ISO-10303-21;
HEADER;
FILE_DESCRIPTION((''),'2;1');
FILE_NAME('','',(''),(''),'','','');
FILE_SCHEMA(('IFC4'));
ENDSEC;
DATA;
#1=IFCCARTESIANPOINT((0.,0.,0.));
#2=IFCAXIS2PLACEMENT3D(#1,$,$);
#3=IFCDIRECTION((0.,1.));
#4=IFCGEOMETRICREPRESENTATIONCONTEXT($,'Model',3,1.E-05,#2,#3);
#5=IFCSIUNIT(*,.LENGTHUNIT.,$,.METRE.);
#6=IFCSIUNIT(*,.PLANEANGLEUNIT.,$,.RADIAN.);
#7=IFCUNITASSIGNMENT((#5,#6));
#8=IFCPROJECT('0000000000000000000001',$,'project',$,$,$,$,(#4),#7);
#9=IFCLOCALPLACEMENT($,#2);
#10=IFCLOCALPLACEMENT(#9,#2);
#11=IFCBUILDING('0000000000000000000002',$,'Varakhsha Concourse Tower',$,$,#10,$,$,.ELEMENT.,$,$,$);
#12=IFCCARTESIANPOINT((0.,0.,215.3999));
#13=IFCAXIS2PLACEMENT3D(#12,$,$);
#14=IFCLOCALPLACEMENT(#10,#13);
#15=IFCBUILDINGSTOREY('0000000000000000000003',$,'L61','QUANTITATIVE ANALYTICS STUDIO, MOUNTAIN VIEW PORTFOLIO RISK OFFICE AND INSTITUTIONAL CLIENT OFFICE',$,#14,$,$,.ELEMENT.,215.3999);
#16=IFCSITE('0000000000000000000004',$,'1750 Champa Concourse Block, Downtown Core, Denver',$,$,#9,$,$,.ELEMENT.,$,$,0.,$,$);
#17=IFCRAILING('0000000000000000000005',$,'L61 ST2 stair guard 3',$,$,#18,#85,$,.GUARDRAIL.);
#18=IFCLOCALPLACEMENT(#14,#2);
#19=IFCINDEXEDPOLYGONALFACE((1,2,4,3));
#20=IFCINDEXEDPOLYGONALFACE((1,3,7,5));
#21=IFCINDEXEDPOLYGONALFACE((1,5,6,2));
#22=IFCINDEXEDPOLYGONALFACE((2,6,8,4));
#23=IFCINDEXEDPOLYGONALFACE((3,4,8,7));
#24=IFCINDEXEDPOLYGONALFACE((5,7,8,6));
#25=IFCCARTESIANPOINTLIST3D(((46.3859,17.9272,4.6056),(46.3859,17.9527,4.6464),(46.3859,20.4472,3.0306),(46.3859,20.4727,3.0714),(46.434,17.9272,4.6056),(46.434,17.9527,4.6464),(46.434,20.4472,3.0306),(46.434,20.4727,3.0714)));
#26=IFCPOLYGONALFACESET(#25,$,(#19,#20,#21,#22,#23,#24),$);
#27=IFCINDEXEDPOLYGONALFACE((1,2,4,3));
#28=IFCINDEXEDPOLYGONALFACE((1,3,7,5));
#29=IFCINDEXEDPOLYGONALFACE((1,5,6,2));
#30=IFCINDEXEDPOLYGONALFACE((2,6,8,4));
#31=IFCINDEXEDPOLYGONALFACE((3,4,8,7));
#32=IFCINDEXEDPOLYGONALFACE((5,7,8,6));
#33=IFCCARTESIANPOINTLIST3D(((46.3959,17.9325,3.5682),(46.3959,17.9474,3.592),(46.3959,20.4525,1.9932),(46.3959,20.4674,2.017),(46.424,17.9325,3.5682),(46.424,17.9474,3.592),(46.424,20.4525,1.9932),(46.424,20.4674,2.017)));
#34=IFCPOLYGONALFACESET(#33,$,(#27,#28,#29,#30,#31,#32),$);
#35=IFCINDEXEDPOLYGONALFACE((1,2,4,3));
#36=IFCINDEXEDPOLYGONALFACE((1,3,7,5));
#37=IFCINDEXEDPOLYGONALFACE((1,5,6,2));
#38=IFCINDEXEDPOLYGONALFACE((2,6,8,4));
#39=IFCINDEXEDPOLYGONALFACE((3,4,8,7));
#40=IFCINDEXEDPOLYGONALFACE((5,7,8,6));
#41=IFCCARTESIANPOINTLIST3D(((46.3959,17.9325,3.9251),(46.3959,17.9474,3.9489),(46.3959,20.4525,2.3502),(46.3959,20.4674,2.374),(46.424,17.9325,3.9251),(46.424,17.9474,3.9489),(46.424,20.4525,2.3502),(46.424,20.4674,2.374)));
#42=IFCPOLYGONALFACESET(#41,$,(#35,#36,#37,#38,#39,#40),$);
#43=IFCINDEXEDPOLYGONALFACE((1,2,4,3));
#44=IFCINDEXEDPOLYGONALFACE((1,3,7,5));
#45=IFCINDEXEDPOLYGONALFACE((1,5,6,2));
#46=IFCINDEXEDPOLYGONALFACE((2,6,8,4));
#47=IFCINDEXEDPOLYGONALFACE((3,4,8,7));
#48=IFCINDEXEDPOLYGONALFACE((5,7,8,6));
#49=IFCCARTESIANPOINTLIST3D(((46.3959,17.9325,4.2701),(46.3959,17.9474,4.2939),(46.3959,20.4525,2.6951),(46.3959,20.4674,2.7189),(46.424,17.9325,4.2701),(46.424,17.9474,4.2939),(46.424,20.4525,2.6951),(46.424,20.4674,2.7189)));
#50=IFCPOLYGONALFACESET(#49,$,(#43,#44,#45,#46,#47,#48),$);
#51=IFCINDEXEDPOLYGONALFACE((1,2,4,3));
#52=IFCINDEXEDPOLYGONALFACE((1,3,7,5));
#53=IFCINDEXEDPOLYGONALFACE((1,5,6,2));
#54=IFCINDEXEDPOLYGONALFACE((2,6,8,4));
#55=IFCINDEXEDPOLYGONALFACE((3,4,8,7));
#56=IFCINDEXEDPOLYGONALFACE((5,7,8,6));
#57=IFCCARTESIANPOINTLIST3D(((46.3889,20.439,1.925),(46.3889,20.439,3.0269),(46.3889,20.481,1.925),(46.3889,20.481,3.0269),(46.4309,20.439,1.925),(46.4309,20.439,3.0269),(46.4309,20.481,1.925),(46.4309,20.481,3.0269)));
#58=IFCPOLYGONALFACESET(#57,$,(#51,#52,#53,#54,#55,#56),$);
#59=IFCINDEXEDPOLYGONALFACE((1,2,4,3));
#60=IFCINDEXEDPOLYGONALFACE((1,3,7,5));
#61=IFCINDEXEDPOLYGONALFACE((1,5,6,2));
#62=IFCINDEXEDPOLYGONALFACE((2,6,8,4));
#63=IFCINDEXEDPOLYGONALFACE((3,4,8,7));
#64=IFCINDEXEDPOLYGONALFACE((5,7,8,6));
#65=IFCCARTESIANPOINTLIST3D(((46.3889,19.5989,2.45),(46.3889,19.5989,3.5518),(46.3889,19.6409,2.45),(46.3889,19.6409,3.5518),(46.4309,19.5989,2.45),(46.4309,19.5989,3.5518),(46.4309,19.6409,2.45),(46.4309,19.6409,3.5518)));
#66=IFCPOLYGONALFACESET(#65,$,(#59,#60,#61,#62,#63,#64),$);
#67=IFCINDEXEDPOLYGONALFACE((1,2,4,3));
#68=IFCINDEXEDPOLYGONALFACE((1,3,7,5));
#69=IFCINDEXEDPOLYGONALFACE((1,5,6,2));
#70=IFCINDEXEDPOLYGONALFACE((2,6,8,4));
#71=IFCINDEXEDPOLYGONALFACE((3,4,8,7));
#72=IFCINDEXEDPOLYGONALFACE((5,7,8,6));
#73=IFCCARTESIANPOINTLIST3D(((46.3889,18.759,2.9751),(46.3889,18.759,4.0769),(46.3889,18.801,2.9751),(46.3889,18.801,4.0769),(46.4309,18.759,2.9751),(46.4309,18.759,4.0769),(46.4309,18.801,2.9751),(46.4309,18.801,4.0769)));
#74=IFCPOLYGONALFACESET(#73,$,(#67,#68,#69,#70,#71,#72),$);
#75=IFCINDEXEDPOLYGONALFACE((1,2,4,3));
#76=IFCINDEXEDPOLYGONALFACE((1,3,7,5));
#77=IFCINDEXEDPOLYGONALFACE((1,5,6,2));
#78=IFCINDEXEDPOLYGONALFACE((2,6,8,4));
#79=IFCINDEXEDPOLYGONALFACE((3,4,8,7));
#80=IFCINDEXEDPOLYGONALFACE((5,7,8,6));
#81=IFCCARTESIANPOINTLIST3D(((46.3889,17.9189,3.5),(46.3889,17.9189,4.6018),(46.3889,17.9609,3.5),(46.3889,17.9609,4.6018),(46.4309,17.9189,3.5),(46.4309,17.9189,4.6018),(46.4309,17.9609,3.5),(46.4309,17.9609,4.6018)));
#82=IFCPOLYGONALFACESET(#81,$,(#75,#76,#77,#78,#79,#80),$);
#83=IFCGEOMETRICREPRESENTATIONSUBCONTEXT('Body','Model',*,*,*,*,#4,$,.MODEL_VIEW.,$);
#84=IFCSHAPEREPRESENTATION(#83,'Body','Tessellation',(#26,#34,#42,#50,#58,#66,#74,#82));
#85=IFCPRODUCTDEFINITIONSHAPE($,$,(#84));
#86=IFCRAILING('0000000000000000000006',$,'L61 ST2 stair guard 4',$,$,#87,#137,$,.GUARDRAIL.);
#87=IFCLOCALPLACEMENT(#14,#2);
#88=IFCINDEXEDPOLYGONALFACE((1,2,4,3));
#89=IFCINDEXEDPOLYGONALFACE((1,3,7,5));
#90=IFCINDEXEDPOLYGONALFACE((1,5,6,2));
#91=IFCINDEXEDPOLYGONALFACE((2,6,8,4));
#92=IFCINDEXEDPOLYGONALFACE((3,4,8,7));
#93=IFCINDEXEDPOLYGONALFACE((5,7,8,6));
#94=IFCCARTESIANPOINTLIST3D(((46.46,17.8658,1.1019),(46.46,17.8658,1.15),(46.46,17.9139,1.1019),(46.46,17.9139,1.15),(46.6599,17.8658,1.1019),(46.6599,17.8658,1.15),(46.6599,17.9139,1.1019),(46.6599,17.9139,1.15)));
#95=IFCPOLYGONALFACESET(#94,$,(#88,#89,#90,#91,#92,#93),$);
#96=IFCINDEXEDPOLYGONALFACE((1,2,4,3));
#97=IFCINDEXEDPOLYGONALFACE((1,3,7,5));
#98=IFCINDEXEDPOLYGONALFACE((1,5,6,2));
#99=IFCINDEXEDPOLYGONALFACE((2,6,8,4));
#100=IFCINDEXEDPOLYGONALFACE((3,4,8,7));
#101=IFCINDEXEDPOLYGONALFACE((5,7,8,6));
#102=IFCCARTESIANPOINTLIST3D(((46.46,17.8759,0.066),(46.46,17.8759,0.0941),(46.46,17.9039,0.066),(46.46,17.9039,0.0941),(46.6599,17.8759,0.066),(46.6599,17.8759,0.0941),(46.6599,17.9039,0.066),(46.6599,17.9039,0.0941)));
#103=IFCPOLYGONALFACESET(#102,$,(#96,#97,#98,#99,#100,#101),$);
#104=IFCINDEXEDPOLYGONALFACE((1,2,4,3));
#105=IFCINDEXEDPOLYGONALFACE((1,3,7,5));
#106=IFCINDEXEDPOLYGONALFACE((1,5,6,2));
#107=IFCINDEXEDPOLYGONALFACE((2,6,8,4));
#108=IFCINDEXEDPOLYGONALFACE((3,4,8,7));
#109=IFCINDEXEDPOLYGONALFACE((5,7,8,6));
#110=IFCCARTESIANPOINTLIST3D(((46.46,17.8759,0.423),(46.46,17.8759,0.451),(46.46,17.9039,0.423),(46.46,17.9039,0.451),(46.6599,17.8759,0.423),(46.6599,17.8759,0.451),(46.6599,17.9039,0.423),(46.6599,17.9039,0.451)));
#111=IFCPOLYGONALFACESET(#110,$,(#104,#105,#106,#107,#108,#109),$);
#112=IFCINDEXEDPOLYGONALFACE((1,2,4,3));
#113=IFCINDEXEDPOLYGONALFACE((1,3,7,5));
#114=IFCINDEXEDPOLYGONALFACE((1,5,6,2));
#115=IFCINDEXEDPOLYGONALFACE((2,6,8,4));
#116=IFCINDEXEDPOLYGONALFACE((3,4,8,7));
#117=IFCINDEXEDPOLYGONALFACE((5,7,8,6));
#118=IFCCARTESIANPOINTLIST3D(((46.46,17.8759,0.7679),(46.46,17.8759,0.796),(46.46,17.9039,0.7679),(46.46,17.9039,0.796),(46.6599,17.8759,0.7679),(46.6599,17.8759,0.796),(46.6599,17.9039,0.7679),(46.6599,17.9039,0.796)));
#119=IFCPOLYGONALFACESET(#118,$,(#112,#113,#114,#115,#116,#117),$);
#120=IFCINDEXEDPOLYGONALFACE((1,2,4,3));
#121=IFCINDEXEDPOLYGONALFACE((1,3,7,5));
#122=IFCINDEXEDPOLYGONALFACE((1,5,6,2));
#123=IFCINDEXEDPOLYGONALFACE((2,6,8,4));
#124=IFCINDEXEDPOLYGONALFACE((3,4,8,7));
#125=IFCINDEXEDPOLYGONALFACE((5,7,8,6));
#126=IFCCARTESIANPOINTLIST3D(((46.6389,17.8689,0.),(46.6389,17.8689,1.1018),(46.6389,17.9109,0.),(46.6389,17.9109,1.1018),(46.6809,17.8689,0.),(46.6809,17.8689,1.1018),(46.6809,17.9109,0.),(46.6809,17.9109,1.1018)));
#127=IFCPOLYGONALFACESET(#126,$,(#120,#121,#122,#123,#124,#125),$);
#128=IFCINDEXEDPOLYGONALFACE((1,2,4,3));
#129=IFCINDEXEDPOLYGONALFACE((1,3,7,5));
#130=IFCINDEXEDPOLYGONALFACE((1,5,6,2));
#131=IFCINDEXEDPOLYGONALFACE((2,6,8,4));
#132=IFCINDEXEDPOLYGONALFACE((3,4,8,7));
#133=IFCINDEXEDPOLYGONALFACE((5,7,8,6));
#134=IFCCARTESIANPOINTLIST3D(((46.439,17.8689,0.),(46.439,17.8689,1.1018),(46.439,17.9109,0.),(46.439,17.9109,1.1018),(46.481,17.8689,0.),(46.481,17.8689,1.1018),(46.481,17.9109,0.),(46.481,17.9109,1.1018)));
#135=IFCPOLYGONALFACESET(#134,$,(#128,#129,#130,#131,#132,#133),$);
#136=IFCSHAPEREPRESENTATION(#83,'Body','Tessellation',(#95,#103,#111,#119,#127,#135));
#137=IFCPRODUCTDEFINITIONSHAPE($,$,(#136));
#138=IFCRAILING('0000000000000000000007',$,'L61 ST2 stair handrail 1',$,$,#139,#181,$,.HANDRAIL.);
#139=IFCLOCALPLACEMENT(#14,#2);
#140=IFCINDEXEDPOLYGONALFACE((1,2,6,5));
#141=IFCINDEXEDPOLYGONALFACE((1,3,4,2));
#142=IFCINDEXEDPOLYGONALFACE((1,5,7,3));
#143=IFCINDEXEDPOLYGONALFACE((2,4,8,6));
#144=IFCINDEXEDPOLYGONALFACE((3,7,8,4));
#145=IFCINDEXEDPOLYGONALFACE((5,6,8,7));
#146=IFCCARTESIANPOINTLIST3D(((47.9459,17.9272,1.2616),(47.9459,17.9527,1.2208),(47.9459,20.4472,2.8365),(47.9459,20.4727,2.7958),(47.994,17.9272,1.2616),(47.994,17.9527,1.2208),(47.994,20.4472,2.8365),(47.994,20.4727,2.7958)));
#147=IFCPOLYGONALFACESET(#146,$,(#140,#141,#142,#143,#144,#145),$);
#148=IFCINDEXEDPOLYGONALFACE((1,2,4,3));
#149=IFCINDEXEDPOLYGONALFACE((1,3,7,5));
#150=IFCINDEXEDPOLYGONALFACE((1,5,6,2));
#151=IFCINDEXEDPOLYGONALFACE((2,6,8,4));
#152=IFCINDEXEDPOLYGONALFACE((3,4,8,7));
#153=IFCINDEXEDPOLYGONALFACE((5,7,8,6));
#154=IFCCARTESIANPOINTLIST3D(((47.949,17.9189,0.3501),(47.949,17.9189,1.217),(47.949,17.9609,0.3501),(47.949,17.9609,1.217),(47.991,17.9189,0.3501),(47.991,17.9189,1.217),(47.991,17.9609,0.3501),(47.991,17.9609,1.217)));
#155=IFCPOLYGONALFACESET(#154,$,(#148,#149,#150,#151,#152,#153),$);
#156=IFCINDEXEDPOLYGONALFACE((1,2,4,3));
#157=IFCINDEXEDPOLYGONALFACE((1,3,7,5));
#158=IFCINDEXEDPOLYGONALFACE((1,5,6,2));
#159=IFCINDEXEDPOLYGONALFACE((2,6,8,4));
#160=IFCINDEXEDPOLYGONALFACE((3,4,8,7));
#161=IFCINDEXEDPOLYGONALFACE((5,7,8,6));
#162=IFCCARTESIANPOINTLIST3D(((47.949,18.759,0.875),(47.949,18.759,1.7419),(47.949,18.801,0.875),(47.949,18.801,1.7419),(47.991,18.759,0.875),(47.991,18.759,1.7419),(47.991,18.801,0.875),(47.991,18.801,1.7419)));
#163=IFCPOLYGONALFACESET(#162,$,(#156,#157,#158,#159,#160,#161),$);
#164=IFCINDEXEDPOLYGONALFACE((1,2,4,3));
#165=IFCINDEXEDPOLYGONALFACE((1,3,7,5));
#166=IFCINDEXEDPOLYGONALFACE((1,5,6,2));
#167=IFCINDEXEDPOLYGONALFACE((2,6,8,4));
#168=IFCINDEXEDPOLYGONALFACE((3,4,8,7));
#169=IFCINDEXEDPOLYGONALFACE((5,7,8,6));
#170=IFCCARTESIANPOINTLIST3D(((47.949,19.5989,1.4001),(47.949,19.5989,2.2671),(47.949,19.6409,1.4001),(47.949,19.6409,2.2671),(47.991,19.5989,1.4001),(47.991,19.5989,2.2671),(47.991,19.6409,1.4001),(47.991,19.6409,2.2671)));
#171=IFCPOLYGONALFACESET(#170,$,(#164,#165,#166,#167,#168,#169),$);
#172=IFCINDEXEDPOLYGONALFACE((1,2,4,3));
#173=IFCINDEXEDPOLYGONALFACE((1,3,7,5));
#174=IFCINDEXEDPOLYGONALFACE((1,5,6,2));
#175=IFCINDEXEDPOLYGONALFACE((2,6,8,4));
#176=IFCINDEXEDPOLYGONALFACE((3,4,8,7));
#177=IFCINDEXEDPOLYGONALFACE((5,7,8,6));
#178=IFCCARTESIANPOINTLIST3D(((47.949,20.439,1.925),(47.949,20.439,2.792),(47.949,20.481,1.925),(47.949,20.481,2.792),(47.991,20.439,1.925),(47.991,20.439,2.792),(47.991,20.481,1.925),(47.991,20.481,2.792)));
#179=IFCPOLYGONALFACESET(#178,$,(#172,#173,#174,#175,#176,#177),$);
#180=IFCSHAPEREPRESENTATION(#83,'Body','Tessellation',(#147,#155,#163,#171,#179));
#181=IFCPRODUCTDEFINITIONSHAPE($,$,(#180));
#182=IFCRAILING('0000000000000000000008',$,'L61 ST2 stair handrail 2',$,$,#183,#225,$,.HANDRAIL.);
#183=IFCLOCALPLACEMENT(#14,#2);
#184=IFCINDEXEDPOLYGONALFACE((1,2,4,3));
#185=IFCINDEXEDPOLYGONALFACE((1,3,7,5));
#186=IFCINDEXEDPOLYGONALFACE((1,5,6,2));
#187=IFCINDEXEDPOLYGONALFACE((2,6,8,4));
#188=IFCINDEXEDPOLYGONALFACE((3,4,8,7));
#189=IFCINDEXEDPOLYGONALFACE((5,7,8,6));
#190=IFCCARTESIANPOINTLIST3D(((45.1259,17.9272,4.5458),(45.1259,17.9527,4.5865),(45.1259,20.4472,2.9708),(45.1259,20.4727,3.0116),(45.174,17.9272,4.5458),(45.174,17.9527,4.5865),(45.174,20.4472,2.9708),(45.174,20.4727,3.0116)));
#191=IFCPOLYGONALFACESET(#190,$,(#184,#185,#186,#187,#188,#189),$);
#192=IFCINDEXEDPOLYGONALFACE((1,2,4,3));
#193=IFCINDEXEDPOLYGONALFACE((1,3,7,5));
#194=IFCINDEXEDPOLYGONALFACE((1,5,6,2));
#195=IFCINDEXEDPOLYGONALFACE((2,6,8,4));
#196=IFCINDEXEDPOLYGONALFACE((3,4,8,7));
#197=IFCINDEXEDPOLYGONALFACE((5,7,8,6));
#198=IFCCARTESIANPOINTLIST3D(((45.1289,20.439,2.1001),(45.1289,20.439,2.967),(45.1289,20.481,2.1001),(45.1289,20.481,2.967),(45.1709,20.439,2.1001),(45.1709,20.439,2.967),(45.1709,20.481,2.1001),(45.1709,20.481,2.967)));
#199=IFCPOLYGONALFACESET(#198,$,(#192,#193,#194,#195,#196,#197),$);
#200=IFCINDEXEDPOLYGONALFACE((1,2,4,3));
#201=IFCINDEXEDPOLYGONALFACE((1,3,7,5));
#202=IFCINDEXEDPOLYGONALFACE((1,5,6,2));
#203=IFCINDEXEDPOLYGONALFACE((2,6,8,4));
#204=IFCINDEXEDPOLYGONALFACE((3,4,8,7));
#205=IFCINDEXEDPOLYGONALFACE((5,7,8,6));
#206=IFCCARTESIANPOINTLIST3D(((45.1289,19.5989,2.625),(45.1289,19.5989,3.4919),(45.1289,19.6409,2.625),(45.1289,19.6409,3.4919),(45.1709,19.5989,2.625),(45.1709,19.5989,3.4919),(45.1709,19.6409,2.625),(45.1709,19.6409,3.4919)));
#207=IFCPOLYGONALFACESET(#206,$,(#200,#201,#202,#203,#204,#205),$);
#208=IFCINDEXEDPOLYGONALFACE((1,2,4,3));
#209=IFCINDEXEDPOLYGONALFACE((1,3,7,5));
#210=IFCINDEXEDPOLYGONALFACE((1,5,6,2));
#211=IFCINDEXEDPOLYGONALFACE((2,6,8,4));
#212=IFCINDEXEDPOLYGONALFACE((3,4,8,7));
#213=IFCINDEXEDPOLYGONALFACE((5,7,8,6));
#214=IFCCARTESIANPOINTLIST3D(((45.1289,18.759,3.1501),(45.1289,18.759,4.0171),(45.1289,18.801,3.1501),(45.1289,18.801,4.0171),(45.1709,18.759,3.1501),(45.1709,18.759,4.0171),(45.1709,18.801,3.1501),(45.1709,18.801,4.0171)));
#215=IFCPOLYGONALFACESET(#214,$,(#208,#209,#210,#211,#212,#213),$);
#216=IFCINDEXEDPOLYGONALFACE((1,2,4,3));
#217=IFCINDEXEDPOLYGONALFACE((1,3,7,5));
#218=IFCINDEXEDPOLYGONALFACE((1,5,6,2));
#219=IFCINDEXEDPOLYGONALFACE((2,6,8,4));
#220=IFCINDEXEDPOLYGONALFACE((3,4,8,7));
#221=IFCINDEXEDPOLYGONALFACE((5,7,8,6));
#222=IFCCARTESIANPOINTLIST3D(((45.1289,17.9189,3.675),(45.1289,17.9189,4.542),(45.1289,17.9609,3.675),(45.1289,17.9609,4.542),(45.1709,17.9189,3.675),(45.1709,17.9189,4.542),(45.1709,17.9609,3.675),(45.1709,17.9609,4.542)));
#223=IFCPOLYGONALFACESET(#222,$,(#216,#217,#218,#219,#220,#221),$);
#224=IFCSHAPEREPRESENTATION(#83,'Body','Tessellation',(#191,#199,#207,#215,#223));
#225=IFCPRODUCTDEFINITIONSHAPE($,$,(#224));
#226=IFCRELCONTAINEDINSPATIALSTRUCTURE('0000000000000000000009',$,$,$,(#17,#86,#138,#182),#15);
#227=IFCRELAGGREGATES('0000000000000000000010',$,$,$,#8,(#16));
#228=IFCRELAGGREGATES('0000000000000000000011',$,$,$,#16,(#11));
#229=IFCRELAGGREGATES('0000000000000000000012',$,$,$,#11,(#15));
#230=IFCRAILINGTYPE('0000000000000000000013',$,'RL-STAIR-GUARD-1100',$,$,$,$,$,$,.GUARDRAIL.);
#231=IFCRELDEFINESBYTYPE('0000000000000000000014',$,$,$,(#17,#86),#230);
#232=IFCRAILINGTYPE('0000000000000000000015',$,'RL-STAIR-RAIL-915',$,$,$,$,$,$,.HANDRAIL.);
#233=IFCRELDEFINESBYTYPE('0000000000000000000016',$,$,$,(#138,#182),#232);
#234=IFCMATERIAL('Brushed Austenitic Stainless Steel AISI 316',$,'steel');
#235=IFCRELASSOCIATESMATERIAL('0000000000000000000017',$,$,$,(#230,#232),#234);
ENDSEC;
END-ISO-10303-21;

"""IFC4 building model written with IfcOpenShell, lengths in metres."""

from ifc_helpers import new_model, si_unit, direction, frame, origin, origin_2d, place, context, subcontext, project, spatial, rectangle, extrude, material, type_object, element, save


model = new_model("IFC4")

# Units and contexts
model_context = context("Model", 3, precision=1e-05, world=origin(), true_north=direction((0.0, 1.0)))
body_context = subcontext(model_context, "Body", "Model", "MODEL_VIEW")
ifc_project = project(units=[si_unit("LENGTHUNIT", "METRE"), si_unit("PLANEANGLEUNIT", "RADIAN")], contexts=[model_context])

# Site, building, storey
site_placement = place(None, origin())
site = spatial("IfcSite", under=ifc_project, at=site_placement, Name="1750 Champa Concourse Block, Downtown Core, Denver", CompositionType="ELEMENT", RefElevation=0.0)
building_placement = place(site_placement, origin())
building = spatial("IfcBuilding", under=site, at=building_placement, Name="Varakhsha Concourse Tower", CompositionType="ELEMENT")
storey_placement = place(building_placement, frame((0.0, 0.0, 215.3999)))
storey = spatial("IfcBuildingStorey", under=building, at=storey_placement, Name="L61", Description="QUANTITATIVE ANALYTICS STUDIO, MOUNTAIN VIEW PORTFOLIO RISK OFFICE AND INSTITUTIONAL CLIENT OFFICE", CompositionType="ELEMENT", Elevation=215.3999)

# Railings
ifc_material_1 = material(Name="Brushed Austenitic Stainless Steel AISI 316", Category="steel")
railing_type_1 = type_object("IfcRailingType", Name="RL-STAIR-GUARD-1100", PredefinedType="GUARDRAIL", material=ifc_material_1)
railing_1_placement = place(storey_placement, frame((46.4099, 20.46, 1.925)))
element("IfcRailing", 1, at=railing_1_placement, inside=storey, type_object=railing_type_1, Name="L61 ST2 stair guard 3", PredefinedType="GUARDRAIL", context=body_context, shape_type="SweptSolid", body=[
    extrude(rectangle(XDim=0.0481, YDim=0.0481, at=origin_2d()), frame((0.0, 0.0, 1.126), z_axis=(0.0, -0.848008, 0.529984), x_axis=(1.0, 0.0, 0.0)), (0.0, 0.0, 1.0), 2.9717),
    extrude(rectangle(XDim=0.0281, YDim=0.0281, at=origin_2d()), frame((0.0, 0.0, 0.0801), z_axis=(0.0, -0.848008, 0.529984), x_axis=(1.0, 0.0, 0.0)), (0.0, 0.0, 1.0), 2.9717),
    extrude(rectangle(XDim=0.0281, YDim=0.0281, at=origin_2d()), frame((0.0, 0.0, 0.437), z_axis=(0.0, -0.848008, 0.529984), x_axis=(1.0, 0.0, 0.0)), (0.0, 0.0, 1.0), 2.9717),
    extrude(rectangle(XDim=0.0281, YDim=0.0281, at=origin_2d()), frame((0.0, 0.0, 0.782), z_axis=(0.0, -0.848008, 0.529984), x_axis=(1.0, 0.0, 0.0)), (0.0, 0.0, 1.0), 2.9717),
    extrude(rectangle(XDim=0.042, YDim=0.042, at=origin_2d()), origin(), (0.0, 0.0, 1.0), 1.1018),
    extrude(rectangle(XDim=0.042, YDim=0.042, at=origin_2d()), frame((0.0, -0.8401, 0.5249)), (0.0, 0.0, 1.0), 1.1018),
    extrude(rectangle(XDim=0.042, YDim=0.042, at=origin_2d()), frame((0.0, -1.6799, 1.05)), (0.0, 0.0, 1.0), 1.1018),
    extrude(rectangle(XDim=0.042, YDim=0.042, at=origin_2d()), frame((0.0, -2.52, 1.575)), (0.0, 0.0, 1.0), 1.1018),
])
railing_2_placement = place(storey_placement, frame((46.6599, 17.8899, 0.0)))
element("IfcRailing", 2, at=railing_2_placement, inside=storey, type_object=railing_type_1, Name="L61 ST2 stair guard 4", PredefinedType="GUARDRAIL", context=body_context, shape_type="SweptSolid", body=[
    extrude(rectangle(XDim=0.0481, YDim=0.0481, at=origin_2d()), frame((0.0, 0.0, 1.126), z_axis=(-1.0, 0.0, 0.0), x_axis=(0.0, -1.0, 0.0)), (0.0, 0.0, 1.0), 0.2),
    extrude(rectangle(XDim=0.0281, YDim=0.0281, at=origin_2d()), frame((0.0, 0.0, 0.0801), z_axis=(-1.0, 0.0, 0.0), x_axis=(0.0, -1.0, 0.0)), (0.0, 0.0, 1.0), 0.2),
    extrude(rectangle(XDim=0.0281, YDim=0.0281, at=origin_2d()), frame((0.0, 0.0, 0.437), z_axis=(-1.0, 0.0, 0.0), x_axis=(0.0, -1.0, 0.0)), (0.0, 0.0, 1.0), 0.2),
    extrude(rectangle(XDim=0.0281, YDim=0.0281, at=origin_2d()), frame((0.0, 0.0, 0.782), z_axis=(-1.0, 0.0, 0.0), x_axis=(0.0, -1.0, 0.0)), (0.0, 0.0, 1.0), 0.2),
    extrude(rectangle(XDim=0.042, YDim=0.042, at=origin_2d()), origin(), (0.0, 0.0, 1.0), 1.1018),
    extrude(rectangle(XDim=0.042, YDim=0.042, at=origin_2d()), frame((-0.2, 0.0, 0.0)), (0.0, 0.0, 1.0), 1.1018),
])
railing_type_2 = type_object("IfcRailingType", Name="RL-STAIR-RAIL-915", PredefinedType="HANDRAIL", material=ifc_material_1)
railing_3_placement = place(storey_placement, frame((47.97, 17.9399, 0.3501)))
element("IfcRailing", 3, at=railing_3_placement, inside=storey, type_object=railing_type_2, Name="L61 ST2 stair handrail 1", PredefinedType="HANDRAIL", context=body_context, shape_type="SweptSolid", body=[
    extrude(rectangle(XDim=0.0481, YDim=0.0481, at=origin_2d()), frame((0.0, 0.0, 0.8911), z_axis=(0.0, 0.848008, 0.529984), x_axis=(-1.0, 0.0, 0.0)), (0.0, 0.0, 1.0), 2.9717),
    extrude(rectangle(XDim=0.042, YDim=0.042, at=origin_2d()), origin(), (0.0, 0.0, 1.0), 0.8669),
    extrude(rectangle(XDim=0.042, YDim=0.042, at=origin_2d()), frame((0.0, 0.8401, 0.5249)), (0.0, 0.0, 1.0), 0.8669),
    extrude(rectangle(XDim=0.042, YDim=0.042, at=origin_2d()), frame((0.0, 1.6799, 1.05)), (0.0, 0.0, 1.0), 0.8669),
    extrude(rectangle(XDim=0.042, YDim=0.042, at=origin_2d()), frame((0.0, 2.52, 1.575)), (0.0, 0.0, 1.0), 0.8669),
])
railing_4_placement = place(storey_placement, frame((45.1499, 20.46, 2.1001)))
element("IfcRailing", 4, at=railing_4_placement, inside=storey, type_object=railing_type_2, Name="L61 ST2 stair handrail 2", PredefinedType="HANDRAIL", context=body_context, shape_type="SweptSolid", body=[
    extrude(rectangle(XDim=0.0481, YDim=0.0481, at=origin_2d()), frame((0.0, 0.0, 0.8911), z_axis=(0.0, -0.848008, 0.529984), x_axis=(1.0, 0.0, 0.0)), (0.0, 0.0, 1.0), 2.9717),
    extrude(rectangle(XDim=0.042, YDim=0.042, at=origin_2d()), origin(), (0.0, 0.0, 1.0), 0.8669),
    extrude(rectangle(XDim=0.042, YDim=0.042, at=origin_2d()), frame((0.0, -0.8401, 0.5249)), (0.0, 0.0, 1.0), 0.8669),
    extrude(rectangle(XDim=0.042, YDim=0.042, at=origin_2d()), frame((0.0, -1.6799, 1.05)), (0.0, 0.0, 1.0), 0.8669),
    extrude(rectangle(XDim=0.042, YDim=0.042, at=origin_2d()), frame((0.0, -2.52, 1.575)), (0.0, 0.0, 1.0), 0.8669),
])

save(model, "model.ifc")
